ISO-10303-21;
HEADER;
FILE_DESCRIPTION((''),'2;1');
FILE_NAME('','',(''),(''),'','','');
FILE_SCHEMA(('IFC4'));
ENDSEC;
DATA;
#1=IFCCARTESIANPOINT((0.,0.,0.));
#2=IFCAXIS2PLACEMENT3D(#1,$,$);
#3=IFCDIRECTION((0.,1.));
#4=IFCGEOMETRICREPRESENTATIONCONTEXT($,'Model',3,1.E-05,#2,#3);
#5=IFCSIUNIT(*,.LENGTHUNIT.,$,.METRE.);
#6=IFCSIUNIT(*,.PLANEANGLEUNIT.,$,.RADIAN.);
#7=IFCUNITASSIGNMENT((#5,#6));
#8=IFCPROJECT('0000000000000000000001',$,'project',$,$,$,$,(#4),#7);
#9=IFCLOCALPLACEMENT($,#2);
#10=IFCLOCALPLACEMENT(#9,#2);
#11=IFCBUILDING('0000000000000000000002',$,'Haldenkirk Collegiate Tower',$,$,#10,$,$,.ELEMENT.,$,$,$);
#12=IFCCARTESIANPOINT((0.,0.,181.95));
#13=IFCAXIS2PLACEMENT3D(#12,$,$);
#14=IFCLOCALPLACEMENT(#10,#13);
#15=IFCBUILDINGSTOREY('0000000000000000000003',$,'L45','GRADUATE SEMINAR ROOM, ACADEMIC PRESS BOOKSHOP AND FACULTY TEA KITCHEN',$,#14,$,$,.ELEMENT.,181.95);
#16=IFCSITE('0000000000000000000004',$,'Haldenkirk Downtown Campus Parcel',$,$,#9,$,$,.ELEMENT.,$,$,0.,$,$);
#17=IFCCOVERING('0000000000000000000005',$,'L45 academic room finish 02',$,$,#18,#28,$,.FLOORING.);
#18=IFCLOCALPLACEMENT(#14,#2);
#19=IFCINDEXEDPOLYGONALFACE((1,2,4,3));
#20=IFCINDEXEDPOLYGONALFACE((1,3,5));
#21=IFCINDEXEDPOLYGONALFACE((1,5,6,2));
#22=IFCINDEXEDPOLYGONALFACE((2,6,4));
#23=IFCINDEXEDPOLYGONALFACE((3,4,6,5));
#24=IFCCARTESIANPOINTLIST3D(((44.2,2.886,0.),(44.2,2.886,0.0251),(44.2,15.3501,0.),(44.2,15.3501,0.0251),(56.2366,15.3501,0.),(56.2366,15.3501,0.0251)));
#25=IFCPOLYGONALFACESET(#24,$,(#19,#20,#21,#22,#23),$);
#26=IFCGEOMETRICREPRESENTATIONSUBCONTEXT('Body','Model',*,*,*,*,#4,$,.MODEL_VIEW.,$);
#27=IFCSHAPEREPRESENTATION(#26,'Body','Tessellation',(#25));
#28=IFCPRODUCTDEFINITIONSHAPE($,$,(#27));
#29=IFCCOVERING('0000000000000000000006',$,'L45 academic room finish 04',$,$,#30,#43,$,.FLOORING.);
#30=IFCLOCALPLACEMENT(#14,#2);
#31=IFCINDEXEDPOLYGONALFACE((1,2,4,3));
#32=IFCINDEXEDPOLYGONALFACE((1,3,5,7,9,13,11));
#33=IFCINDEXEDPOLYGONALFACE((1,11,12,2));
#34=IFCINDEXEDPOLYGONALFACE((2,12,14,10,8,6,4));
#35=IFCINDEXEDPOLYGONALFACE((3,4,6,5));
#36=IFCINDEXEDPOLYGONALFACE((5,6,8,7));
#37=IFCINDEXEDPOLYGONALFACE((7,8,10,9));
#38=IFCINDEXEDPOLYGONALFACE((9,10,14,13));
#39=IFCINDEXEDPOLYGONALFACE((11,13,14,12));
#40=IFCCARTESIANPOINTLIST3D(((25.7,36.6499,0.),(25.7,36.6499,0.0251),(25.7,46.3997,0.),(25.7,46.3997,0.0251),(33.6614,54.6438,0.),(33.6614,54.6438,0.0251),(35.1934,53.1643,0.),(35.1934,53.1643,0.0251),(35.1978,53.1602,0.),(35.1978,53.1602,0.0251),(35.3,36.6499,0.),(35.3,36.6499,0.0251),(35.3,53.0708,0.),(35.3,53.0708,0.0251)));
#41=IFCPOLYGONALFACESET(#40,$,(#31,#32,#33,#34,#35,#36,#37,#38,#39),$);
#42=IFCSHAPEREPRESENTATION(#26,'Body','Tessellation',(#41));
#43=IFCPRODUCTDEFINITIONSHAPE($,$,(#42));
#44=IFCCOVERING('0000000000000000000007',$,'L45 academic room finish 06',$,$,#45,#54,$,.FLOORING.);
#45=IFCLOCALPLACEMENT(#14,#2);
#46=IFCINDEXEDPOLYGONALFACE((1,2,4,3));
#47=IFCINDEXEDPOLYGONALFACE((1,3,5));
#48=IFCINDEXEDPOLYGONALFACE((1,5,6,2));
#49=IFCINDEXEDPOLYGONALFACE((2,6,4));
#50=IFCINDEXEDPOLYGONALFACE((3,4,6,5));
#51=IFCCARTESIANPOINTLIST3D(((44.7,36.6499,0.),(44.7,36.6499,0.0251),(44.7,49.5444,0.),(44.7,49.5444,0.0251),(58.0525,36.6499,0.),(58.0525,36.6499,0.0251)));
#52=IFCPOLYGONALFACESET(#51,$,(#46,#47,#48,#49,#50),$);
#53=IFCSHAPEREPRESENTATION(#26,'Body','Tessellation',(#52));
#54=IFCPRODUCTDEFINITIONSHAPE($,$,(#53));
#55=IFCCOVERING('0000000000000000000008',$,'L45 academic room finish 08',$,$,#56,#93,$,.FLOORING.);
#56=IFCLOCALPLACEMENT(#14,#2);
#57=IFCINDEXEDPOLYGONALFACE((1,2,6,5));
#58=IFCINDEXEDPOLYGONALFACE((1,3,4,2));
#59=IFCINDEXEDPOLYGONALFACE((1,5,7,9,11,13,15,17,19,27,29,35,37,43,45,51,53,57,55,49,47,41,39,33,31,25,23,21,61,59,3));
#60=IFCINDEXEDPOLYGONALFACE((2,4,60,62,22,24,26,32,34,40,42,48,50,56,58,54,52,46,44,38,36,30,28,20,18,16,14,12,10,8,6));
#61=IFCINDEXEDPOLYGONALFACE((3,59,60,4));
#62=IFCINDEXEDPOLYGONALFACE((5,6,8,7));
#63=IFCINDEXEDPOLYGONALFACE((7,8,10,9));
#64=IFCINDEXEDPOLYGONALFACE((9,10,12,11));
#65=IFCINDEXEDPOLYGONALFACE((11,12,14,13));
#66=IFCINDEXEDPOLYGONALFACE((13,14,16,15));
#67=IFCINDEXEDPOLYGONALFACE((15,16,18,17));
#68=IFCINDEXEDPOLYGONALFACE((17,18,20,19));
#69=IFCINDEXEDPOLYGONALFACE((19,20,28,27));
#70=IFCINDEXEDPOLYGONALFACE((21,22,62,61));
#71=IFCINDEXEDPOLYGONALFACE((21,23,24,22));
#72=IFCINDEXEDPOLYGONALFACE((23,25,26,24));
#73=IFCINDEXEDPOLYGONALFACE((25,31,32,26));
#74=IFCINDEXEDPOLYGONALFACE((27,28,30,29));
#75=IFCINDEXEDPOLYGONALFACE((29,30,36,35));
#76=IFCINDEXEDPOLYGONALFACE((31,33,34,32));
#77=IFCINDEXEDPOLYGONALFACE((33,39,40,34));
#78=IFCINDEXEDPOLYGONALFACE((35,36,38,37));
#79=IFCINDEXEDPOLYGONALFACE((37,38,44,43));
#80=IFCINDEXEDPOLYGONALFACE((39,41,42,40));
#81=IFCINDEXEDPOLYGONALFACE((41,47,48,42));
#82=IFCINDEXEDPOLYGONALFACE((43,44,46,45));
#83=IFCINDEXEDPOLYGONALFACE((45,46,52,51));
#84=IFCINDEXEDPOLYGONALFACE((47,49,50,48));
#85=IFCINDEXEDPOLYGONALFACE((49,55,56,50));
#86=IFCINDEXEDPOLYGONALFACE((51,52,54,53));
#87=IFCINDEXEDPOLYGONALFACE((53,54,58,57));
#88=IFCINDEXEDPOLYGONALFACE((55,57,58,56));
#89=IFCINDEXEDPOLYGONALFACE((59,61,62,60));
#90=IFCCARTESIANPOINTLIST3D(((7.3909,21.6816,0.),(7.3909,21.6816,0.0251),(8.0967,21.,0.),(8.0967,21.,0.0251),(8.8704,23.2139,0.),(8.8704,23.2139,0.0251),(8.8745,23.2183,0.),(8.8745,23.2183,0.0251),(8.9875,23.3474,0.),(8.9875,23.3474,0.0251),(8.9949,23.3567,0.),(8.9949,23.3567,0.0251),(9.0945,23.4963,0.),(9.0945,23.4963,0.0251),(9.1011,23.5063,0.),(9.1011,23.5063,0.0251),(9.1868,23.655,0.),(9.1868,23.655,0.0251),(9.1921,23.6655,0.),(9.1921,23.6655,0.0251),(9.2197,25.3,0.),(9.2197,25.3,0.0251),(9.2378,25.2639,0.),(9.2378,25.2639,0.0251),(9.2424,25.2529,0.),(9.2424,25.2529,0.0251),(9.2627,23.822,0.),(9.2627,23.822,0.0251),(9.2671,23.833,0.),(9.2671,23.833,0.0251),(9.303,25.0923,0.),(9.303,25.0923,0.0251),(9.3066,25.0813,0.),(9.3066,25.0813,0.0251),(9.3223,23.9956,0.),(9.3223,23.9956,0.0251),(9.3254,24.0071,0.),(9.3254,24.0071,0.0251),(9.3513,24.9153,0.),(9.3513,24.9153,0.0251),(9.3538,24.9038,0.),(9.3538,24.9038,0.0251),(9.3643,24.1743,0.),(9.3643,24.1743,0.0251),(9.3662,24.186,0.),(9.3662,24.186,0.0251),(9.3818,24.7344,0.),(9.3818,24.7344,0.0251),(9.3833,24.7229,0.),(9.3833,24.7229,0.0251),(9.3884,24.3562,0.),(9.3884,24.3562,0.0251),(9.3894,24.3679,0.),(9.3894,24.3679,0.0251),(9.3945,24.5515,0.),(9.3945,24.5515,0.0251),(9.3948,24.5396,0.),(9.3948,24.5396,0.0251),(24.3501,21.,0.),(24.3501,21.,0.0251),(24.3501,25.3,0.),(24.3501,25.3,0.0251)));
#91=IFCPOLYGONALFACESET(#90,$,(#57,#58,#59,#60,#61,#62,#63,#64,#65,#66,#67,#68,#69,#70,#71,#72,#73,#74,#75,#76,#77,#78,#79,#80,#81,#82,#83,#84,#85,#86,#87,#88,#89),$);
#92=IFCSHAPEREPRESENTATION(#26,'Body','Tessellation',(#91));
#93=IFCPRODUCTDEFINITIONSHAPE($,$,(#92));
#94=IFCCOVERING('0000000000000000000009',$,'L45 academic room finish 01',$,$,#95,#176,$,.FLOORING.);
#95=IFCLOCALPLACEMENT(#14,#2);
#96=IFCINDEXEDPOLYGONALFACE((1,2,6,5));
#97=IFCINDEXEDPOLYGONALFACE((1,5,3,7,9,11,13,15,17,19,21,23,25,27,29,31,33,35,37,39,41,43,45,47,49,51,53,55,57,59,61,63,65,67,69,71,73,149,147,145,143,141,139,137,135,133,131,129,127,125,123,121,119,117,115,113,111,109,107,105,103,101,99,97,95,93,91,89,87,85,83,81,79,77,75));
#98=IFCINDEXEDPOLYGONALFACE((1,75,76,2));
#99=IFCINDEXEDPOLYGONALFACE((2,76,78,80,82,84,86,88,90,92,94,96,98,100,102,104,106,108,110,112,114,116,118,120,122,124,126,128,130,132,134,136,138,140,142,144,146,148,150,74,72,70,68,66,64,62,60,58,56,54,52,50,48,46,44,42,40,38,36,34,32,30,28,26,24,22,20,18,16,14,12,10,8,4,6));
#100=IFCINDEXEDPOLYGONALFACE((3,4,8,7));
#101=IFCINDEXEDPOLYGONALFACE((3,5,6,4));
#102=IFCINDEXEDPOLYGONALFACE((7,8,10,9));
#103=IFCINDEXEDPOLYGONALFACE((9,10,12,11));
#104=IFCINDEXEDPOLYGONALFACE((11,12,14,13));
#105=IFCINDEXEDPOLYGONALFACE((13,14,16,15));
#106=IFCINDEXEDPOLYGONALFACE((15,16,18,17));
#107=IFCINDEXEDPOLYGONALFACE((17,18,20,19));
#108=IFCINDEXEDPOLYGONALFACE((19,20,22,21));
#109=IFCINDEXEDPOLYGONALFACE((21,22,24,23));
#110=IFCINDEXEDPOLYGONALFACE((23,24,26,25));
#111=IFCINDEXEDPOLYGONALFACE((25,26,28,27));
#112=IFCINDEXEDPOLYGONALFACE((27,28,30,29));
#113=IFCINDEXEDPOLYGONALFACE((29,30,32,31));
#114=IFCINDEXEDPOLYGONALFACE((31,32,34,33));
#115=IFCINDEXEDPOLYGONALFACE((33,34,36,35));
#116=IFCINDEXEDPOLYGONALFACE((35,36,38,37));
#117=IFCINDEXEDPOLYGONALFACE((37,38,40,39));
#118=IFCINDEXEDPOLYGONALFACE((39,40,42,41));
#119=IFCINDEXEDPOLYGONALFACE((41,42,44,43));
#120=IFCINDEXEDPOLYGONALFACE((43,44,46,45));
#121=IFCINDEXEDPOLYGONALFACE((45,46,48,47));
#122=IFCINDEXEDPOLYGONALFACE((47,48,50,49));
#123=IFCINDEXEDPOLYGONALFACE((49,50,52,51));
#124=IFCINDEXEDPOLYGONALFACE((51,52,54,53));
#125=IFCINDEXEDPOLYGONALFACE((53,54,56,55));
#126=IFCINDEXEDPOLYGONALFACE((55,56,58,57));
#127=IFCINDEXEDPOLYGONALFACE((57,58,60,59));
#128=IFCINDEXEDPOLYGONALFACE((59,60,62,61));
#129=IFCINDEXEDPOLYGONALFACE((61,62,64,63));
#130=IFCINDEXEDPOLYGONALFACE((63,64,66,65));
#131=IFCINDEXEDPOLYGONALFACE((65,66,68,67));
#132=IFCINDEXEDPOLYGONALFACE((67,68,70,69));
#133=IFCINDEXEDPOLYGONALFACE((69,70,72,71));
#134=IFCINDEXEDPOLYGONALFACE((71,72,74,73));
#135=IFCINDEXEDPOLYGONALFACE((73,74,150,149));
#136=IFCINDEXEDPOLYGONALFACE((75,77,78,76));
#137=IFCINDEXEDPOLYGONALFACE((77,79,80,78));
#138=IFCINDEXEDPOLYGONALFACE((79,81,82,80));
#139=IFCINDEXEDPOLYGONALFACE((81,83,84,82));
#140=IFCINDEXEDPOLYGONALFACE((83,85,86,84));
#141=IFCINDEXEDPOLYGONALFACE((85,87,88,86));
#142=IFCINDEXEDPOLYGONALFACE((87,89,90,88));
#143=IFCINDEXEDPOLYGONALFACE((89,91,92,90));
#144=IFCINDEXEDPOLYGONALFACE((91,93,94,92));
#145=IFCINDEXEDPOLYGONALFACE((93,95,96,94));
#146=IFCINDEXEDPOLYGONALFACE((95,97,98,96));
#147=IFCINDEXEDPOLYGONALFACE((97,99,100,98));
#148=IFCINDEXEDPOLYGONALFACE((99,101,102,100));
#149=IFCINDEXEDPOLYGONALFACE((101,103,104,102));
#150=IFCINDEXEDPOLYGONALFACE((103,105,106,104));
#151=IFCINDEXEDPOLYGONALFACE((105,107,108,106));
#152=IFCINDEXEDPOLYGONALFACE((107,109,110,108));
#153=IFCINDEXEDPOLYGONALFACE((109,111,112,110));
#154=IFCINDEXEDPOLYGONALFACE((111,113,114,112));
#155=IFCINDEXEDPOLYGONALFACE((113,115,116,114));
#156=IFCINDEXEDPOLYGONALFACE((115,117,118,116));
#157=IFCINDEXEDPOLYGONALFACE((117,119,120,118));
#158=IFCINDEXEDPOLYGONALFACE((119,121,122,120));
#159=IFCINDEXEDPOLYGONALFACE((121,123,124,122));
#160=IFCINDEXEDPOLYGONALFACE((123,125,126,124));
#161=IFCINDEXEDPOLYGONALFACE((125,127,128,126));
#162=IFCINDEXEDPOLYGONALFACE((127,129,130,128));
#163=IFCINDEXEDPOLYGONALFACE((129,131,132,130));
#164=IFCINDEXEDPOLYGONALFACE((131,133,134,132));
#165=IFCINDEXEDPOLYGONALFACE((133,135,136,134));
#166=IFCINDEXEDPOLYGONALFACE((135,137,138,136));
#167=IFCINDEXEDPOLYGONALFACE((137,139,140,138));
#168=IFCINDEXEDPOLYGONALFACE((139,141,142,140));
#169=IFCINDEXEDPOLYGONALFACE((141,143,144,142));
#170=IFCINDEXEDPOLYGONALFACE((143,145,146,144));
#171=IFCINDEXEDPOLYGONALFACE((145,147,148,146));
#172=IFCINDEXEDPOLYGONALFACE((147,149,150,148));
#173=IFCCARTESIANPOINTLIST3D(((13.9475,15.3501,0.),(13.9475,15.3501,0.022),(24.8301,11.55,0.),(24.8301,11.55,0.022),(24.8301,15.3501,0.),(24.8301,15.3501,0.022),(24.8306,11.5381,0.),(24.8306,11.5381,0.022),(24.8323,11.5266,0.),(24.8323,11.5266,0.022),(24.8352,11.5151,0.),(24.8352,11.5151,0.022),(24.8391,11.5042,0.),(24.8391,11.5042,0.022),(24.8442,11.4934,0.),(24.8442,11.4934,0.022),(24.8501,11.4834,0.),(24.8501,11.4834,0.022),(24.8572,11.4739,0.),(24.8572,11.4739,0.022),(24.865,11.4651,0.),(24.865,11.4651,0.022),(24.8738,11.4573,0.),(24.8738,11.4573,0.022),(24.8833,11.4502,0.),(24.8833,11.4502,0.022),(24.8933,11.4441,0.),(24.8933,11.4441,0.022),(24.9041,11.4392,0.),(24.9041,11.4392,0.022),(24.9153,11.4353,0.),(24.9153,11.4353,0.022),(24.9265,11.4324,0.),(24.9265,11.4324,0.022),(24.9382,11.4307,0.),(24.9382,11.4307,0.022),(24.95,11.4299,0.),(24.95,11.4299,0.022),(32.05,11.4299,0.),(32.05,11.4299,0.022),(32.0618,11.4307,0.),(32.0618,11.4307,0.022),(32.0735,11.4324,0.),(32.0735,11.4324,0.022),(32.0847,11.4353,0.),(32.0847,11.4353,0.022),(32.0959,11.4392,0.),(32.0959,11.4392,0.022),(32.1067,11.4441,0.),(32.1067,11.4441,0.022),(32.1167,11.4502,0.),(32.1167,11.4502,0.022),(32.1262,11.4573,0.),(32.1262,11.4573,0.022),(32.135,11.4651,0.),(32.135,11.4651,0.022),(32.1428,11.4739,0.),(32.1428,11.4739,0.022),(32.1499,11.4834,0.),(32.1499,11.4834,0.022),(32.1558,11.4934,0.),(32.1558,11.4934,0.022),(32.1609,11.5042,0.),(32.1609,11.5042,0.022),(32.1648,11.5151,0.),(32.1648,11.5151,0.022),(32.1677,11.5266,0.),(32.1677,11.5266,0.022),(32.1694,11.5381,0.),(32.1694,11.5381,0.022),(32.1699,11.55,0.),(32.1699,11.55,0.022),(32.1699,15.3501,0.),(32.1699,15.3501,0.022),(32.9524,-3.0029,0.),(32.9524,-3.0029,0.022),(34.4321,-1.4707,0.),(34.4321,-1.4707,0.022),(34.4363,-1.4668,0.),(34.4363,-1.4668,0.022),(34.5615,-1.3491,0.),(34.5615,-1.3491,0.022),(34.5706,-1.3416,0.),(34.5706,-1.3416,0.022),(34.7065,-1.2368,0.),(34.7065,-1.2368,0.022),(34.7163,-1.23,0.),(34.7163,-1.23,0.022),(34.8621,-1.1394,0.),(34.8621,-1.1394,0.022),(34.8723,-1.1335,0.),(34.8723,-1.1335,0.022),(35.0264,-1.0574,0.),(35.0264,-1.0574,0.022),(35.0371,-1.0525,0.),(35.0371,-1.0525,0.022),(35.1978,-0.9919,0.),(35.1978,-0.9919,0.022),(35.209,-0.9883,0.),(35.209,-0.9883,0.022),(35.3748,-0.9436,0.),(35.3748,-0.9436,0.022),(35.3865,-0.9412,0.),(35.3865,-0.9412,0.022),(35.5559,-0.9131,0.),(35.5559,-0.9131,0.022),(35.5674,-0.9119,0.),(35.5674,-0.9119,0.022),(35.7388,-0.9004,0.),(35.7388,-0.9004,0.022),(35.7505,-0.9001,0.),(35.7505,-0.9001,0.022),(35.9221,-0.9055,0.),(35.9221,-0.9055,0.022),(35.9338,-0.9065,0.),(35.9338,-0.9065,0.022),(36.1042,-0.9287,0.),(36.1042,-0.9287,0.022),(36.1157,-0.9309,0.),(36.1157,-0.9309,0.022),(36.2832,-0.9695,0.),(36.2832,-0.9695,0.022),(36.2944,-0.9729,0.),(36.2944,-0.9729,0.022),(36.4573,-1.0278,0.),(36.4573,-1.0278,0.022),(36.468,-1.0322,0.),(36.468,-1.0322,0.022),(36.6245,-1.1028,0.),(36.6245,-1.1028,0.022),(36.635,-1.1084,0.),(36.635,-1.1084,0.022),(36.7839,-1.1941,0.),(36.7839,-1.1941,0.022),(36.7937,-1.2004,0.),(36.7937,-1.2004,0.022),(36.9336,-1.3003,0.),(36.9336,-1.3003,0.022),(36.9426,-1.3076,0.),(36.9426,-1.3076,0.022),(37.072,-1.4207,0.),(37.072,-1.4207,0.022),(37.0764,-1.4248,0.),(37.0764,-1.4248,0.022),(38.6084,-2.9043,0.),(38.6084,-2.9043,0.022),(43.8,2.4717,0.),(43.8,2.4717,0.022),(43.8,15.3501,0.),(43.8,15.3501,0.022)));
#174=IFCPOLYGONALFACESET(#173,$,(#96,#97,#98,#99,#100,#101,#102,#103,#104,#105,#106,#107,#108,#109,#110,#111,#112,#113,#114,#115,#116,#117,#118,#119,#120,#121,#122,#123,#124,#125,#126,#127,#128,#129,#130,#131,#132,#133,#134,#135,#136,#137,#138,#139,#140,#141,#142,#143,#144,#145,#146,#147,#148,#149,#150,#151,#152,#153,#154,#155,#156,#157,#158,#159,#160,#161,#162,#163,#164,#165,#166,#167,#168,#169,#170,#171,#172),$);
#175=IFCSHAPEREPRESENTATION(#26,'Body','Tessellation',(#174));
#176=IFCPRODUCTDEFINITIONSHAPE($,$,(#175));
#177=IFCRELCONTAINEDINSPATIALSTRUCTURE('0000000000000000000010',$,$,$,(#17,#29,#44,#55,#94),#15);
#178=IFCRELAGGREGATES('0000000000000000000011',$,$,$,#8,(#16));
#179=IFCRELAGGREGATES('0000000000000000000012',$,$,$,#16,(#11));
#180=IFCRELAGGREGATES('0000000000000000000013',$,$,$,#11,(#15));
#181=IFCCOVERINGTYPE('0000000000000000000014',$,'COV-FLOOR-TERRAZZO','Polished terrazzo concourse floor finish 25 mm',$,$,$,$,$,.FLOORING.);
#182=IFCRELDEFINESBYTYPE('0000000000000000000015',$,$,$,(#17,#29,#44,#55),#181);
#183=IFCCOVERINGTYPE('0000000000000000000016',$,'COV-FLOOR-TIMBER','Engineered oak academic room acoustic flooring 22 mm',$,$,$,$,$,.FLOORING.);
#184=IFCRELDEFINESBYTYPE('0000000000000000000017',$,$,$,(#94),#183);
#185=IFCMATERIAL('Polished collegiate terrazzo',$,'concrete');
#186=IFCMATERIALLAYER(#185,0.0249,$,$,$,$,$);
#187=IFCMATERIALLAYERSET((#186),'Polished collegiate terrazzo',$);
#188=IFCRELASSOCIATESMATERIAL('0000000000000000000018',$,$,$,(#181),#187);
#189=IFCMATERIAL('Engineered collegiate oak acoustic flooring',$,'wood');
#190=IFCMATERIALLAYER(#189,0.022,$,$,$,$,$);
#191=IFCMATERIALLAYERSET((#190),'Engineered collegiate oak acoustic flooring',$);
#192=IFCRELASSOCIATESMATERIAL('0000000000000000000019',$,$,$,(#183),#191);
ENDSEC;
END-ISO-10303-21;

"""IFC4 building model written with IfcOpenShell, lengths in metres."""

from ifc_helpers import new_model, si_unit, direction, frame, origin, place, context, subcontext, project, spatial, polyline, outline, extrude, material, layer, layer_set, type_object, element, save


model = new_model("IFC4")

# Units and contexts
model_context = context("Model", 3, precision=1e-05, world=origin(), true_north=direction((0.0, 1.0)))
body_context = subcontext(model_context, "Body", "Model", "MODEL_VIEW")
ifc_project = project(units=[si_unit("LENGTHUNIT", "METRE"), si_unit("PLANEANGLEUNIT", "RADIAN")], contexts=[model_context])

# Site, building, storey
site_placement = place(None, origin())
site = spatial("IfcSite", under=ifc_project, at=site_placement, Name="Haldenkirk Downtown Campus Parcel", CompositionType="ELEMENT", RefElevation=0.0)
building_placement = place(site_placement, origin())
building = spatial("IfcBuilding", under=site, at=building_placement, Name="Haldenkirk Collegiate Tower", CompositionType="ELEMENT")
storey_placement = place(building_placement, frame((0.0, 0.0, 181.95)))
storey = spatial("IfcBuildingStorey", under=building, at=storey_placement, Name="L45", Description="GRADUATE SEMINAR ROOM, ACADEMIC PRESS BOOKSHOP AND FACULTY TEA KITCHEN", CompositionType="ELEMENT", Elevation=181.95)

# Coverings
ifc_material_1 = material(Name="Polished collegiate terrazzo", Category="concrete")
ifc_layer_1 = layer(ifc_material_1, 0.0249)
ifc_layer_set_1 = layer_set([ifc_layer_1], Name="Polished collegiate terrazzo")
covering_type_1 = type_object("IfcCoveringType", Name="COV-FLOOR-TERRAZZO", Description="Polished terrazzo concourse floor finish 25 mm", PredefinedType="FLOORING", material=ifc_layer_set_1)
covering_1_placement = place(storey_placement, origin())
element("IfcCovering", 1, at=covering_1_placement, inside=storey, type_object=covering_type_1, Name="L45 academic room finish 02", PredefinedType="FLOORING", context=body_context, shape_type="SweptSolid", body=[
    extrude(outline(polyline([(44.2, 2.886), (44.2, 15.3501), (56.2366, 15.3501), (44.2, 2.886)])), origin(), (0.0, 0.0, 1.0), 0.0251),
])
covering_2_placement = place(storey_placement, origin())
element("IfcCovering", 2, at=covering_2_placement, inside=storey, type_object=covering_type_1, Name="L45 academic room finish 04", PredefinedType="FLOORING", context=body_context, shape_type="SweptSolid", body=[
    extrude(outline(polyline([(35.1934, 53.1643), (35.1978, 53.1602), (35.3, 53.0708), (35.3, 36.6499), (25.7, 36.6499), (25.7, 46.3997), (33.6614, 54.6438), (35.1934, 53.1643)])), origin(), (0.0, 0.0, 1.0), 0.0251),
])
covering_3_placement = place(storey_placement, origin())
element("IfcCovering", 3, at=covering_3_placement, inside=storey, type_object=covering_type_1, Name="L45 academic room finish 06", PredefinedType="FLOORING", context=body_context, shape_type="SweptSolid", body=[
    extrude(outline(polyline([(58.0525, 36.6499), (44.7, 36.6499), (44.7, 49.5444), (58.0525, 36.6499)])), origin(), (0.0, 0.0, 1.0), 0.0251),
])
covering_4_placement = place(storey_placement, origin())
element("IfcCovering", 4, at=covering_4_placement, inside=storey, type_object=covering_type_1, Name="L45 academic room finish 08", PredefinedType="FLOORING", context=body_context, shape_type="SweptSolid", body=[
    extrude(outline(polyline([(8.8704, 23.2139), (8.8745, 23.2183), (8.9875, 23.3474), (8.9949, 23.3567), (9.0945, 23.4963), (9.1011, 23.5063), (9.1868, 23.655), (9.1921, 23.6655), (9.2627, 23.822), (9.2671, 23.833), (9.3223, 23.9956), (9.3254, 24.0071), (9.3643, 24.1743), (9.3662, 24.186), (9.3884, 24.3562), (9.3894, 24.3679), (9.3948, 24.5396), (9.3945, 24.5515), (9.3833, 24.7229), (9.3818, 24.7344), (9.3538, 24.9038), (9.3513, 24.9153), (9.3066, 25.0813), (9.303, 25.0923), (9.2424, 25.2529), (9.2378, 25.2639), (9.2197, 25.3), (24.3501, 25.3), (24.3501, 21.0), (8.0967, 21.0), (7.3909, 21.6816), (8.8704, 23.2139)])), origin(), (0.0, 0.0, 1.0), 0.0251),
])
ifc_material_2 = material(Name="Engineered collegiate oak acoustic flooring", Category="wood")
ifc_layer_2 = layer(ifc_material_2, 0.022)
ifc_layer_set_2 = layer_set([ifc_layer_2], Name="Engineered collegiate oak acoustic flooring")
covering_type_2 = type_object("IfcCoveringType", Name="COV-FLOOR-TIMBER", Description="Engineered oak academic room acoustic flooring 22 mm", PredefinedType="FLOORING", material=ifc_layer_set_2)
covering_5_placement = place(storey_placement, origin())
element("IfcCovering", 5, at=covering_5_placement, inside=storey, type_object=covering_type_2, Name="L45 academic room finish 01", PredefinedType="FLOORING", context=body_context, shape_type="SweptSolid", body=[
    extrude(outline(polyline([(36.468, -1.0322), (36.4573, -1.0278), (36.2944, -0.9729), (36.2832, -0.9695), (36.1157, -0.9309), (36.1042, -0.9287), (35.9338, -0.9065), (35.9221, -0.9055), (35.7505, -0.9001), (35.7388, -0.9004), (35.5674, -0.9119), (35.5559, -0.9131), (35.3865, -0.9412), (35.3748, -0.9436), (35.209, -0.9883), (35.1978, -0.9919), (35.0371, -1.0525), (35.0264, -1.0574), (34.8723, -1.1335), (34.8621, -1.1394), (34.7163, -1.23), (34.7065, -1.2368), (34.5706, -1.3416), (34.5615, -1.3491), (34.4363, -1.4668), (34.4321, -1.4707), (32.9524, -3.0029), (13.9475, 15.3501), (24.8301, 15.3501), (24.8301, 11.55), (24.8306, 11.5381), (24.8323, 11.5266), (24.8352, 11.5151), (24.8391, 11.5042), (24.8442, 11.4934), (24.8501, 11.4834), (24.8572, 11.4739), (24.865, 11.4651), (24.8738, 11.4573), (24.8833, 11.4502), (24.8933, 11.4441), (24.9041, 11.4392), (24.9153, 11.4353), (24.9265, 11.4324), (24.9382, 11.4307), (24.95, 11.4299), (32.05, 11.4299), (32.0618, 11.4307), (32.0735, 11.4324), (32.0847, 11.4353), (32.0959, 11.4392), (32.1067, 11.4441), (32.1167, 11.4502), (32.1262, 11.4573), (32.135, 11.4651), (32.1428, 11.4739), (32.1499, 11.4834), (32.1558, 11.4934), (32.1609, 11.5042), (32.1648, 11.5151), (32.1677, 11.5266), (32.1694, 11.5381), (32.1699, 11.55), (32.1699, 15.3501), (43.8, 15.3501), (43.8, 2.4717), (38.6084, -2.9043), (37.0764, -1.4248), (37.072, -1.4207), (36.9426, -1.3076), (36.9336, -1.3003), (36.7937, -1.2004), (36.7839, -1.1941), (36.635, -1.1084), (36.6245, -1.1028), (36.468, -1.0322)])), origin(), (0.0, 0.0, 1.0), 0.022),
])

save(model, "model.ifc")
